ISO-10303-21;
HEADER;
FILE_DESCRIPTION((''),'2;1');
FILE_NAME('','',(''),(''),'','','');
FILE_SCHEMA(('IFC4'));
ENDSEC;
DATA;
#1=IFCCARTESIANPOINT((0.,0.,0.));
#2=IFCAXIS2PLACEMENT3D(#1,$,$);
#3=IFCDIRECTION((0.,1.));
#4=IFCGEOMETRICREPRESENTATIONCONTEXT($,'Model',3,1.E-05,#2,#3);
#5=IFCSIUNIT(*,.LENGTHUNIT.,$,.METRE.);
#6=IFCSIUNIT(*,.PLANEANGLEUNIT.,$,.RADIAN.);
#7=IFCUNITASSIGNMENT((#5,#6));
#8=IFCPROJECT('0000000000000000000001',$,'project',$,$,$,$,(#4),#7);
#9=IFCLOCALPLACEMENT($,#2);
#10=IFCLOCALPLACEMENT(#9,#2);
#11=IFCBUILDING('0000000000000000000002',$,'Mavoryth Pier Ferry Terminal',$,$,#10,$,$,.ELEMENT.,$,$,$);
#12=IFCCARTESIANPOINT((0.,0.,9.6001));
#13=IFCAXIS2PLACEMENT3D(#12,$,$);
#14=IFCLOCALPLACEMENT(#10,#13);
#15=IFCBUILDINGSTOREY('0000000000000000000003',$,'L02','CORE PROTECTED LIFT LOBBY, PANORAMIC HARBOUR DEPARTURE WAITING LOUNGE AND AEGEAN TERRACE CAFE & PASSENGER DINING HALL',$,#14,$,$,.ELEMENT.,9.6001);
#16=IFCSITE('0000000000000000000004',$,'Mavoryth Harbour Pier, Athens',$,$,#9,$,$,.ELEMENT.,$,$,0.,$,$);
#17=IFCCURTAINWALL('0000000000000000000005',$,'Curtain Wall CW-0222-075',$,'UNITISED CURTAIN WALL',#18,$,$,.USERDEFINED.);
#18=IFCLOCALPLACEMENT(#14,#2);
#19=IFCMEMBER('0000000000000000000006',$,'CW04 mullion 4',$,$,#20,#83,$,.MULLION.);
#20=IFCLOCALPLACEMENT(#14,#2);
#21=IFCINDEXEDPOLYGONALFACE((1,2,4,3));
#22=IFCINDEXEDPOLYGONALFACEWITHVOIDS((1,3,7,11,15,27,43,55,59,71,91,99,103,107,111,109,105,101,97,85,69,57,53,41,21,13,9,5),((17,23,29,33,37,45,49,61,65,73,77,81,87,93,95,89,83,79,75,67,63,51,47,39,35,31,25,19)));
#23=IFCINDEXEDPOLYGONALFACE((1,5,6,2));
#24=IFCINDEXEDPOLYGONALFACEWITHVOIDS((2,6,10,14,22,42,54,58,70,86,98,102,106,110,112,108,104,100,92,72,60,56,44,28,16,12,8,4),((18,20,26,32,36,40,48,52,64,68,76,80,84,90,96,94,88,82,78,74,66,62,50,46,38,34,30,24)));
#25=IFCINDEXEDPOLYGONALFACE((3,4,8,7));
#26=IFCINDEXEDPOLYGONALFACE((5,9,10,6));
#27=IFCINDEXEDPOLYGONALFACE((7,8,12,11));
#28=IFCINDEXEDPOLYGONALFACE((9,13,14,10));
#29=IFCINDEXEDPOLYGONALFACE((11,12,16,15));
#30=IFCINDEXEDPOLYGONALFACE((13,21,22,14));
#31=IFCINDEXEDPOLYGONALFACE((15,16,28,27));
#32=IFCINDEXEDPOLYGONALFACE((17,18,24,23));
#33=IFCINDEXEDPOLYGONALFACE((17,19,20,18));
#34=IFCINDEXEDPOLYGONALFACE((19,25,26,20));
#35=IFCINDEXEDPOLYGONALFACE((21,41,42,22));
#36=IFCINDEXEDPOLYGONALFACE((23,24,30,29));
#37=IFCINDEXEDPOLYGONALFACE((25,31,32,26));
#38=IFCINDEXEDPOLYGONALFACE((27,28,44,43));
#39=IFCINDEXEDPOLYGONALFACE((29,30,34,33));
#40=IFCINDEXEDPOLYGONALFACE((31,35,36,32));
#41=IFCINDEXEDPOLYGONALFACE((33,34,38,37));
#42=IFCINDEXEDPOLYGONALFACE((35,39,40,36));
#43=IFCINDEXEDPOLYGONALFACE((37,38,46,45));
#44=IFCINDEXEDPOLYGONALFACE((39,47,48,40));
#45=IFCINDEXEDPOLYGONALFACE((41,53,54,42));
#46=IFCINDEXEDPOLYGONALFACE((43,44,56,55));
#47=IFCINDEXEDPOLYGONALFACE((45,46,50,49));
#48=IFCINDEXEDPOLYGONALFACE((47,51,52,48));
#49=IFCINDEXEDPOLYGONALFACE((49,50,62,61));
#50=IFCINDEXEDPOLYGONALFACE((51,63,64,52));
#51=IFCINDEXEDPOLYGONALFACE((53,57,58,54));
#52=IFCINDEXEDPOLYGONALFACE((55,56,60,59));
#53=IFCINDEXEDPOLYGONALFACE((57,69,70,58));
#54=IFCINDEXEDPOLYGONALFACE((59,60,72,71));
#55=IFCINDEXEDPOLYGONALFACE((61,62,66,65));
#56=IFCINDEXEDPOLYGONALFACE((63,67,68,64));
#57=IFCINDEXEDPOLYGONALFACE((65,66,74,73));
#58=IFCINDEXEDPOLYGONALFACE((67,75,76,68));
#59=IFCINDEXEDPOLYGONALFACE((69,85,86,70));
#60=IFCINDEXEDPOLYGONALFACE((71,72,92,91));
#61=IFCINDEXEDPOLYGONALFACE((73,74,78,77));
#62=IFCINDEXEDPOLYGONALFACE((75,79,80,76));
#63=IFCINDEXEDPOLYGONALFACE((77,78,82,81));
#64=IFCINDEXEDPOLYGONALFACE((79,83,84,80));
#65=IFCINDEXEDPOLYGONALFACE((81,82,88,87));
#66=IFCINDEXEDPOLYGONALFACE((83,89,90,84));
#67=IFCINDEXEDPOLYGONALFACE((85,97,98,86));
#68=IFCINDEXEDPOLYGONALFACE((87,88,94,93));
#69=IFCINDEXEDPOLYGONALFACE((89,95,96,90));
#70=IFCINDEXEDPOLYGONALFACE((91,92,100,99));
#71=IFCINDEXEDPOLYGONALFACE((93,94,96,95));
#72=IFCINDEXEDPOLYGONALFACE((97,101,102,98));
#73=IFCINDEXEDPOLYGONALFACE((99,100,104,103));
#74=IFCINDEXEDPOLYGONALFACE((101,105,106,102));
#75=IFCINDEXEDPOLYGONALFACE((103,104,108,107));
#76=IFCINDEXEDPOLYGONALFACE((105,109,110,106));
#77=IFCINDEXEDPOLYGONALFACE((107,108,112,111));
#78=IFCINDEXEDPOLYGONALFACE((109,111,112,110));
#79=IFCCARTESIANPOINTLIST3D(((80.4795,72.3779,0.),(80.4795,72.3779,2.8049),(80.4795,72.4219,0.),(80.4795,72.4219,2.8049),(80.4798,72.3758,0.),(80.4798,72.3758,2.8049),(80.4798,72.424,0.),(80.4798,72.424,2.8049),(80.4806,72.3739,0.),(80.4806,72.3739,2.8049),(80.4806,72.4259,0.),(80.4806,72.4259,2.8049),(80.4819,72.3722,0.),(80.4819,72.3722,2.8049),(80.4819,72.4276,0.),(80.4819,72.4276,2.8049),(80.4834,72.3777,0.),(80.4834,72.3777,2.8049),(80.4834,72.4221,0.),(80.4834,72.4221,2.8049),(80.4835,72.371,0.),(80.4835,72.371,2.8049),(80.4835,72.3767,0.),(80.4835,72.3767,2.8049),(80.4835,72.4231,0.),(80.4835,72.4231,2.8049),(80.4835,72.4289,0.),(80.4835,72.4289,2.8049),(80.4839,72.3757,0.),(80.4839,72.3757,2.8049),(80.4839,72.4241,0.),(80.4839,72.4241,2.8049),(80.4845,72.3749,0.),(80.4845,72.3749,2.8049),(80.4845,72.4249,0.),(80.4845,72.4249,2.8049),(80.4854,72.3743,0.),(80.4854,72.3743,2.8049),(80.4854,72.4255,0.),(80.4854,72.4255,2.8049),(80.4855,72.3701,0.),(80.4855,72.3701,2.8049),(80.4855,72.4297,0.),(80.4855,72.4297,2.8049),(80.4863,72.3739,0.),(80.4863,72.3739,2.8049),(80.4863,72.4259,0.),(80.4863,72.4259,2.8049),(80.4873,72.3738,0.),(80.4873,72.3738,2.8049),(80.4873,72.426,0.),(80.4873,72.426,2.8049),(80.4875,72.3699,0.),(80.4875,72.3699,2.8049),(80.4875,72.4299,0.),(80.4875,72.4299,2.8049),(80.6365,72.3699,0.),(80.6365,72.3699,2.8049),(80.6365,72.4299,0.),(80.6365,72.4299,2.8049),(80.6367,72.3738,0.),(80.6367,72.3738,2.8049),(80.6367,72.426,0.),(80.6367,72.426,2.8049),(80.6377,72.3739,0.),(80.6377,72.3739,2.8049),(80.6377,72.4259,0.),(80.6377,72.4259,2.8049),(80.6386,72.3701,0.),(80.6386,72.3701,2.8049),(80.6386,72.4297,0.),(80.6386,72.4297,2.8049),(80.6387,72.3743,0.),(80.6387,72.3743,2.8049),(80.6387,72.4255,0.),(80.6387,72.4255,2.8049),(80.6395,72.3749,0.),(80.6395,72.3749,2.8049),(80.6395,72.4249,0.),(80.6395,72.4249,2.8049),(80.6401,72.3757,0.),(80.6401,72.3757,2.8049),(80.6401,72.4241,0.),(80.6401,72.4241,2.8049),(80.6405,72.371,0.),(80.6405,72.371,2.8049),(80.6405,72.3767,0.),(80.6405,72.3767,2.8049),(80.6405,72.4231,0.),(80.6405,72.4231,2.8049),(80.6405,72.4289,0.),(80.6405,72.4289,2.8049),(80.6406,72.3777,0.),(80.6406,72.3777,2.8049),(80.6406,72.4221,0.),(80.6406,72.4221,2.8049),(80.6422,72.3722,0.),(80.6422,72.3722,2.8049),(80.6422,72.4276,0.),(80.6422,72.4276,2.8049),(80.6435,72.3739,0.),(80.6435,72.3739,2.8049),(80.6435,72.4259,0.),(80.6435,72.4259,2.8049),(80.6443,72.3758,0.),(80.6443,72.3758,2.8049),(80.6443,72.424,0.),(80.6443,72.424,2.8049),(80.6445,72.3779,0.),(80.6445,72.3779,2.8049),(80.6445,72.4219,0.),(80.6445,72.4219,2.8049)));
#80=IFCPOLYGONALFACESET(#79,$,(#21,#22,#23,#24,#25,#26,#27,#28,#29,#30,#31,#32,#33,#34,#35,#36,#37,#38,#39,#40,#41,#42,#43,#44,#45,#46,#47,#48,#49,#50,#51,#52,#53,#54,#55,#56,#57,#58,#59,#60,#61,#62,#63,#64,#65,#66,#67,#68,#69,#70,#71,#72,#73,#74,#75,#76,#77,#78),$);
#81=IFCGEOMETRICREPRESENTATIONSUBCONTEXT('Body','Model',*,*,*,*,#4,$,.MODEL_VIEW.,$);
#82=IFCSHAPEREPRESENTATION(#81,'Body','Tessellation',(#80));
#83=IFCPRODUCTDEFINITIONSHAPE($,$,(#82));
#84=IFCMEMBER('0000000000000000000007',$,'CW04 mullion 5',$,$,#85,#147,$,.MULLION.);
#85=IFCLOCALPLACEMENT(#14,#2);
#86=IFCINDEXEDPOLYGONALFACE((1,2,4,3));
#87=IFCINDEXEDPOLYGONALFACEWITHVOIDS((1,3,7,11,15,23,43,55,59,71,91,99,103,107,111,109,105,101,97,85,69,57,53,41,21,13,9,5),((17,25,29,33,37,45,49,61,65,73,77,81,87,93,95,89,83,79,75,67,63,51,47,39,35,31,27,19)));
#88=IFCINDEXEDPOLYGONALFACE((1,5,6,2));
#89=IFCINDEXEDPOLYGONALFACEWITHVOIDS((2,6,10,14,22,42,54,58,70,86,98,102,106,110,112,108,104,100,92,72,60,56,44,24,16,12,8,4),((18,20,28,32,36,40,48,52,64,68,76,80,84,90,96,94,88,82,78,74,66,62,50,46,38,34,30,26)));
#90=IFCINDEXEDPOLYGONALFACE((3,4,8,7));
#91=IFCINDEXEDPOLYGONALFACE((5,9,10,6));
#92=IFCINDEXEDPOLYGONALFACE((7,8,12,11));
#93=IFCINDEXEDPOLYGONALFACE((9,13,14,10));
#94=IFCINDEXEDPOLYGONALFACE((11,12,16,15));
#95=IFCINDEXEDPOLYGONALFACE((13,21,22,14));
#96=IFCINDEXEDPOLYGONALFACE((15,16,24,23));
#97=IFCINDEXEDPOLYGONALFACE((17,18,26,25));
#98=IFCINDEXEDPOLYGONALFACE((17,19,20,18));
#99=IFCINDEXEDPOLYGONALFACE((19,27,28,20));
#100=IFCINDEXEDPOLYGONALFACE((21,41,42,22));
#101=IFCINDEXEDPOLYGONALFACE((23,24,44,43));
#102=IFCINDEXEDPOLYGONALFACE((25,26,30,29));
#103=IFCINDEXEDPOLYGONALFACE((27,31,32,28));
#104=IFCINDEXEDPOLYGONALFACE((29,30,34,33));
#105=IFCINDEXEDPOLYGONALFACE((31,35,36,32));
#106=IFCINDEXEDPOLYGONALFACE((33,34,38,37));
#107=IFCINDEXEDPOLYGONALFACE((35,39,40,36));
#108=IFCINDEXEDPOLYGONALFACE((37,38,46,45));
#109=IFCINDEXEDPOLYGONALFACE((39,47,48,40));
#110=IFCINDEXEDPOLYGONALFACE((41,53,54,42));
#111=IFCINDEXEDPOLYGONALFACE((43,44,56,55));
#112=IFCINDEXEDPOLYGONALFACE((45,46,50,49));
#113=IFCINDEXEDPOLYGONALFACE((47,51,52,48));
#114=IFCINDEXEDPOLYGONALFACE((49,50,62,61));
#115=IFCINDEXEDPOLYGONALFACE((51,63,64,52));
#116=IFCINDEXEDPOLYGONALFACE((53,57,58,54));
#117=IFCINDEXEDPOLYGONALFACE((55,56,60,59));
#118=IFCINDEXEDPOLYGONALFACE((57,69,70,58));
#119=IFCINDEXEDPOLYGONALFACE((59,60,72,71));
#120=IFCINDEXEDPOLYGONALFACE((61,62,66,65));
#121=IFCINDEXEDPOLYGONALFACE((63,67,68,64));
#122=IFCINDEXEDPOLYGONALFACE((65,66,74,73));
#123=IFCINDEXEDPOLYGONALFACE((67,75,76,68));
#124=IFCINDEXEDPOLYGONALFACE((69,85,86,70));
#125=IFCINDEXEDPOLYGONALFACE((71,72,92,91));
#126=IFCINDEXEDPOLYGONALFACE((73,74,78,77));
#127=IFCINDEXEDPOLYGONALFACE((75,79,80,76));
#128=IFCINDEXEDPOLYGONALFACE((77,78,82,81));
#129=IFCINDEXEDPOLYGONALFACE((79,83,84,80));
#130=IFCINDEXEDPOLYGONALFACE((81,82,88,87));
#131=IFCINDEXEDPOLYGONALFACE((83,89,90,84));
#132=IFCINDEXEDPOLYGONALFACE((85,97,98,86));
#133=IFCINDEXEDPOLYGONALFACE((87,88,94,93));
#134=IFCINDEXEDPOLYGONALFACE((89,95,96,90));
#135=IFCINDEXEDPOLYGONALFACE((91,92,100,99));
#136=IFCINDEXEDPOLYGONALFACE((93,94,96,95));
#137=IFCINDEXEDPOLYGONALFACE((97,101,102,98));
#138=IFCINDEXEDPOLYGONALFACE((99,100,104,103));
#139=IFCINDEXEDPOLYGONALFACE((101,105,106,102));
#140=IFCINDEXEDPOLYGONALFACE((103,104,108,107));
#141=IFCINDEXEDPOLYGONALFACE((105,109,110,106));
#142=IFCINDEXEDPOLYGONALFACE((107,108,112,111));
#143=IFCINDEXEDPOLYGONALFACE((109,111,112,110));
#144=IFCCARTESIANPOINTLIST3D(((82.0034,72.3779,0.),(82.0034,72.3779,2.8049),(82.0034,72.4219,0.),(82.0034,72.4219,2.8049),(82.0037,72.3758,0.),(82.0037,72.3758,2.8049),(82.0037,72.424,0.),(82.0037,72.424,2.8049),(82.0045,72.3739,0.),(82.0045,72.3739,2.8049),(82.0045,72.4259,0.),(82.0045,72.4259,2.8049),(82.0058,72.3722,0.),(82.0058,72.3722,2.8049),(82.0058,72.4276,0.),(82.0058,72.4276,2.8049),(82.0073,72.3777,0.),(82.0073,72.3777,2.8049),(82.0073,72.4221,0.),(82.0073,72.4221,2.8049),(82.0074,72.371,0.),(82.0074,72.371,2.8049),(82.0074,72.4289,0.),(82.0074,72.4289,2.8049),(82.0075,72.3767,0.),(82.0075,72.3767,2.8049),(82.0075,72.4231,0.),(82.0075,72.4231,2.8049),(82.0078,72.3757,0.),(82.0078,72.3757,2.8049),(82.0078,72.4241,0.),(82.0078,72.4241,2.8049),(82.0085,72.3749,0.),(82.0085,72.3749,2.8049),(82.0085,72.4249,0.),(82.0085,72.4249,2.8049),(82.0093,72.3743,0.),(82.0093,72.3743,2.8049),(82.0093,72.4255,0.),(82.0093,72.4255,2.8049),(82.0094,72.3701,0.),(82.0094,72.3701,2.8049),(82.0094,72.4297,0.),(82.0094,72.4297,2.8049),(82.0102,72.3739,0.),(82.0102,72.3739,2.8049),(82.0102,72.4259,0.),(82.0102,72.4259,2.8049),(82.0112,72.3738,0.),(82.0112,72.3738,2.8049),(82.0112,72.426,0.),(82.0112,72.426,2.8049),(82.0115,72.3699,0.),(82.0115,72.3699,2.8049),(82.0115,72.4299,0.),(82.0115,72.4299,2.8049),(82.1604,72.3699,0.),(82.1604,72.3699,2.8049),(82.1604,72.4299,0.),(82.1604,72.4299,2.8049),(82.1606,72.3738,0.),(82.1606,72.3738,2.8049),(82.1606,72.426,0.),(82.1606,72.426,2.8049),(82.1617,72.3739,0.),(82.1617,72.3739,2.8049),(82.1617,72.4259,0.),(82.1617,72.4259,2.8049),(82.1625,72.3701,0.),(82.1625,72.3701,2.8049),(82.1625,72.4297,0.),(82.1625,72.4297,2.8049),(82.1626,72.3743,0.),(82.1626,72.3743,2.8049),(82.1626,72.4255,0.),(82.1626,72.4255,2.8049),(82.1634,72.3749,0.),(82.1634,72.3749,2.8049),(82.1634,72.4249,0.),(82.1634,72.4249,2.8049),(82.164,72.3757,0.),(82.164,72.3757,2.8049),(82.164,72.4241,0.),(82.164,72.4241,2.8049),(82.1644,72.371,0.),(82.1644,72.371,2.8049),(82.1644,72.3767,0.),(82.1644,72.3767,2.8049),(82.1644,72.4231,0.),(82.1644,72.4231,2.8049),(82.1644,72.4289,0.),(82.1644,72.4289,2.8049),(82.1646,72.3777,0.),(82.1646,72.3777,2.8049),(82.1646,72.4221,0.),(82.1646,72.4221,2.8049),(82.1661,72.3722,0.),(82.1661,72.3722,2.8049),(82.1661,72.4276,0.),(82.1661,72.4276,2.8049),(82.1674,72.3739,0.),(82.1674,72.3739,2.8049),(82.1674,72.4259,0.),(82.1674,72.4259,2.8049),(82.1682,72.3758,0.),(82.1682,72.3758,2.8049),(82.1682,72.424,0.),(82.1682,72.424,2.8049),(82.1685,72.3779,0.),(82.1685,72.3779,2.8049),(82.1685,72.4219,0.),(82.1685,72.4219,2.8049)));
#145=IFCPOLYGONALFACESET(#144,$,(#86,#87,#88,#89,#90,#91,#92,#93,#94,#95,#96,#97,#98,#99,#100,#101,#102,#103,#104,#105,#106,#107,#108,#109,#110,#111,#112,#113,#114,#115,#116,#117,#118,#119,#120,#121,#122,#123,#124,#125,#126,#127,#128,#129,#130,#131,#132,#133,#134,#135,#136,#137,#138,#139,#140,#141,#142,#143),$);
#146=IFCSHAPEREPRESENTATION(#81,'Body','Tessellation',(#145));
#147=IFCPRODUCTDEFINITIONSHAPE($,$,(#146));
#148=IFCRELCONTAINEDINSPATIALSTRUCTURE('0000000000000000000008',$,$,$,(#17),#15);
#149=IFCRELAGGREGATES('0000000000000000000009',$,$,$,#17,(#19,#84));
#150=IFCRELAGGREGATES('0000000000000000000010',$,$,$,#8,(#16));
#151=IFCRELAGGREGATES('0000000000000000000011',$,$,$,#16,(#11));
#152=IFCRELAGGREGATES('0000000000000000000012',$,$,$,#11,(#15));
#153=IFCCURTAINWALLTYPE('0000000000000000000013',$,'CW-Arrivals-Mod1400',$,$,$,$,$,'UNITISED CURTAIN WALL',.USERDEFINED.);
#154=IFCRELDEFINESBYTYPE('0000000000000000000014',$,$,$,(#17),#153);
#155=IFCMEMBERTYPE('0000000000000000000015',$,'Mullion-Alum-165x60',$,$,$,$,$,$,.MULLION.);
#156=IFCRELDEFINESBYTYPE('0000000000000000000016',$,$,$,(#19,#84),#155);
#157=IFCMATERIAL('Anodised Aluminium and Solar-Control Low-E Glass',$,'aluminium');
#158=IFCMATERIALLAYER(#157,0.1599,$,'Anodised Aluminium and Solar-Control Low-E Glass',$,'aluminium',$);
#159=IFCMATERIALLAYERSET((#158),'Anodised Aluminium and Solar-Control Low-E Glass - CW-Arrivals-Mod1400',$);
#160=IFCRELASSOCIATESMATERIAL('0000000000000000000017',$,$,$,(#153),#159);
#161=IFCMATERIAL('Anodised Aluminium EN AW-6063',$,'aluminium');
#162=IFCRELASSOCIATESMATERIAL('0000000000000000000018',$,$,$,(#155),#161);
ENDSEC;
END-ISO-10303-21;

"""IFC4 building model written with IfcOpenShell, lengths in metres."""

from ifc_helpers import new_model, si_unit, direction, frame, origin, origin_2d, place, context, subcontext, project, spatial, hollow_rectangle, extrude, material, layer, layer_set, material_profile, profile_set, type_object, element, aggregate, save


model = new_model("IFC4")

# Units and contexts
model_context = context("Model", 3, precision=1e-05, world=origin(), true_north=direction((0.0, 1.0)))
body_context = subcontext(model_context, "Body", "Model", "MODEL_VIEW")
ifc_project = project(units=[si_unit("LENGTHUNIT", "METRE"), si_unit("PLANEANGLEUNIT", "RADIAN")], contexts=[model_context])

# Site, building, storey
site_placement = place(None, origin())
site = spatial("IfcSite", under=ifc_project, at=site_placement, Name="Mavoryth Harbour Pier, Athens", CompositionType="ELEMENT", RefElevation=0.0)
building_placement = place(site_placement, origin())
building = spatial("IfcBuilding", under=site, at=building_placement, Name="Mavoryth Pier Ferry Terminal", CompositionType="ELEMENT")
storey_placement = place(building_placement, frame((0.0, 0.0, 9.6001)))
storey = spatial("IfcBuildingStorey", under=building, at=storey_placement, Name="L02", Description="CORE PROTECTED LIFT LOBBY, PANORAMIC HARBOUR DEPARTURE WAITING LOUNGE AND AEGEAN TERRACE CAFE & PASSENGER DINING HALL", CompositionType="ELEMENT", Elevation=9.6001)

# Curtain wall, members
ifc_material_1 = material(Name="Anodised Aluminium and Solar-Control Low-E Glass", Category="aluminium")
ifc_layer_1 = layer(ifc_material_1, 0.1599, Name="Anodised Aluminium and Solar-Control Low-E Glass", Category="aluminium")
ifc_layer_set_1 = layer_set([ifc_layer_1], Name="Anodised Aluminium and Solar-Control Low-E Glass - CW-Arrivals-Mod1400")
curtain_wall_type = type_object("IfcCurtainWallType", Name="CW-Arrivals-Mod1400", ElementType="UNITISED CURTAIN WALL", PredefinedType="USERDEFINED", material=ifc_layer_set_1)
curtain_wall_placement = place(storey_placement, origin())
curtain_wall = element("IfcCurtainWall", 1, at=curtain_wall_placement, inside=storey, type_object=curtain_wall_type, Name="Curtain Wall CW-0222-075", ObjectType="UNITISED CURTAIN WALL", PredefinedType="USERDEFINED")
ifc_material_2 = material(Name="Anodised Aluminium EN AW-6063", Category="aluminium")
ifc_material_profile_1 = material_profile(ifc_material_2, hollow_rectangle(XDim=0.0601, YDim=0.165, WallThickness=0.0039, InnerFilletRadius=0.0039, OuterFilletRadius=0.0081, at=origin_2d()), Name="AL-MULL 165x60x4", Category="aluminium")
ifc_profile_set_1 = profile_set([ifc_material_profile_1], Name="Anodised Aluminium EN AW-6063 - AL-MULL 165x60x4")
member_type_1 = type_object("IfcMemberType", Name="Mullion-Alum-165x60", PredefinedType="MULLION", material=ifc_profile_set_1)
member_1_placement = place(storey_placement, frame((80.562, 72.3999, 0.0), z_axis=(0.0, 0.0, 1.0), x_axis=(0.0, 1.0, 0.0)))
member_1 = element("IfcMember", 2, at=member_1_placement, type_object=member_type_1, Name="CW04 mullion 4", PredefinedType="MULLION", context=body_context, shape_type="SweptSolid", body=[
    extrude(hollow_rectangle(XDim=0.0601, YDim=0.165, WallThickness=0.0039, InnerFilletRadius=0.0039, OuterFilletRadius=0.0081, at=origin_2d()), origin(), (0.0, 0.0, 1.0), 2.8049),
])
member_2_placement = place(storey_placement, frame((82.0859, 72.3999, 0.0), z_axis=(0.0, 0.0, 1.0), x_axis=(0.0, 1.0, 0.0)))
member_2 = element("IfcMember", 3, at=member_2_placement, type_object=member_type_1, Name="CW04 mullion 5", PredefinedType="MULLION", context=body_context, shape_type="SweptSolid", body=[
    extrude(hollow_rectangle(XDim=0.0601, YDim=0.165, WallThickness=0.0039, InnerFilletRadius=0.0039, OuterFilletRadius=0.0081, at=origin_2d()), origin(), (0.0, 0.0, 1.0), 2.8049),
])
aggregate(curtain_wall, [member_1, member_2])

save(model, "model.ifc")
